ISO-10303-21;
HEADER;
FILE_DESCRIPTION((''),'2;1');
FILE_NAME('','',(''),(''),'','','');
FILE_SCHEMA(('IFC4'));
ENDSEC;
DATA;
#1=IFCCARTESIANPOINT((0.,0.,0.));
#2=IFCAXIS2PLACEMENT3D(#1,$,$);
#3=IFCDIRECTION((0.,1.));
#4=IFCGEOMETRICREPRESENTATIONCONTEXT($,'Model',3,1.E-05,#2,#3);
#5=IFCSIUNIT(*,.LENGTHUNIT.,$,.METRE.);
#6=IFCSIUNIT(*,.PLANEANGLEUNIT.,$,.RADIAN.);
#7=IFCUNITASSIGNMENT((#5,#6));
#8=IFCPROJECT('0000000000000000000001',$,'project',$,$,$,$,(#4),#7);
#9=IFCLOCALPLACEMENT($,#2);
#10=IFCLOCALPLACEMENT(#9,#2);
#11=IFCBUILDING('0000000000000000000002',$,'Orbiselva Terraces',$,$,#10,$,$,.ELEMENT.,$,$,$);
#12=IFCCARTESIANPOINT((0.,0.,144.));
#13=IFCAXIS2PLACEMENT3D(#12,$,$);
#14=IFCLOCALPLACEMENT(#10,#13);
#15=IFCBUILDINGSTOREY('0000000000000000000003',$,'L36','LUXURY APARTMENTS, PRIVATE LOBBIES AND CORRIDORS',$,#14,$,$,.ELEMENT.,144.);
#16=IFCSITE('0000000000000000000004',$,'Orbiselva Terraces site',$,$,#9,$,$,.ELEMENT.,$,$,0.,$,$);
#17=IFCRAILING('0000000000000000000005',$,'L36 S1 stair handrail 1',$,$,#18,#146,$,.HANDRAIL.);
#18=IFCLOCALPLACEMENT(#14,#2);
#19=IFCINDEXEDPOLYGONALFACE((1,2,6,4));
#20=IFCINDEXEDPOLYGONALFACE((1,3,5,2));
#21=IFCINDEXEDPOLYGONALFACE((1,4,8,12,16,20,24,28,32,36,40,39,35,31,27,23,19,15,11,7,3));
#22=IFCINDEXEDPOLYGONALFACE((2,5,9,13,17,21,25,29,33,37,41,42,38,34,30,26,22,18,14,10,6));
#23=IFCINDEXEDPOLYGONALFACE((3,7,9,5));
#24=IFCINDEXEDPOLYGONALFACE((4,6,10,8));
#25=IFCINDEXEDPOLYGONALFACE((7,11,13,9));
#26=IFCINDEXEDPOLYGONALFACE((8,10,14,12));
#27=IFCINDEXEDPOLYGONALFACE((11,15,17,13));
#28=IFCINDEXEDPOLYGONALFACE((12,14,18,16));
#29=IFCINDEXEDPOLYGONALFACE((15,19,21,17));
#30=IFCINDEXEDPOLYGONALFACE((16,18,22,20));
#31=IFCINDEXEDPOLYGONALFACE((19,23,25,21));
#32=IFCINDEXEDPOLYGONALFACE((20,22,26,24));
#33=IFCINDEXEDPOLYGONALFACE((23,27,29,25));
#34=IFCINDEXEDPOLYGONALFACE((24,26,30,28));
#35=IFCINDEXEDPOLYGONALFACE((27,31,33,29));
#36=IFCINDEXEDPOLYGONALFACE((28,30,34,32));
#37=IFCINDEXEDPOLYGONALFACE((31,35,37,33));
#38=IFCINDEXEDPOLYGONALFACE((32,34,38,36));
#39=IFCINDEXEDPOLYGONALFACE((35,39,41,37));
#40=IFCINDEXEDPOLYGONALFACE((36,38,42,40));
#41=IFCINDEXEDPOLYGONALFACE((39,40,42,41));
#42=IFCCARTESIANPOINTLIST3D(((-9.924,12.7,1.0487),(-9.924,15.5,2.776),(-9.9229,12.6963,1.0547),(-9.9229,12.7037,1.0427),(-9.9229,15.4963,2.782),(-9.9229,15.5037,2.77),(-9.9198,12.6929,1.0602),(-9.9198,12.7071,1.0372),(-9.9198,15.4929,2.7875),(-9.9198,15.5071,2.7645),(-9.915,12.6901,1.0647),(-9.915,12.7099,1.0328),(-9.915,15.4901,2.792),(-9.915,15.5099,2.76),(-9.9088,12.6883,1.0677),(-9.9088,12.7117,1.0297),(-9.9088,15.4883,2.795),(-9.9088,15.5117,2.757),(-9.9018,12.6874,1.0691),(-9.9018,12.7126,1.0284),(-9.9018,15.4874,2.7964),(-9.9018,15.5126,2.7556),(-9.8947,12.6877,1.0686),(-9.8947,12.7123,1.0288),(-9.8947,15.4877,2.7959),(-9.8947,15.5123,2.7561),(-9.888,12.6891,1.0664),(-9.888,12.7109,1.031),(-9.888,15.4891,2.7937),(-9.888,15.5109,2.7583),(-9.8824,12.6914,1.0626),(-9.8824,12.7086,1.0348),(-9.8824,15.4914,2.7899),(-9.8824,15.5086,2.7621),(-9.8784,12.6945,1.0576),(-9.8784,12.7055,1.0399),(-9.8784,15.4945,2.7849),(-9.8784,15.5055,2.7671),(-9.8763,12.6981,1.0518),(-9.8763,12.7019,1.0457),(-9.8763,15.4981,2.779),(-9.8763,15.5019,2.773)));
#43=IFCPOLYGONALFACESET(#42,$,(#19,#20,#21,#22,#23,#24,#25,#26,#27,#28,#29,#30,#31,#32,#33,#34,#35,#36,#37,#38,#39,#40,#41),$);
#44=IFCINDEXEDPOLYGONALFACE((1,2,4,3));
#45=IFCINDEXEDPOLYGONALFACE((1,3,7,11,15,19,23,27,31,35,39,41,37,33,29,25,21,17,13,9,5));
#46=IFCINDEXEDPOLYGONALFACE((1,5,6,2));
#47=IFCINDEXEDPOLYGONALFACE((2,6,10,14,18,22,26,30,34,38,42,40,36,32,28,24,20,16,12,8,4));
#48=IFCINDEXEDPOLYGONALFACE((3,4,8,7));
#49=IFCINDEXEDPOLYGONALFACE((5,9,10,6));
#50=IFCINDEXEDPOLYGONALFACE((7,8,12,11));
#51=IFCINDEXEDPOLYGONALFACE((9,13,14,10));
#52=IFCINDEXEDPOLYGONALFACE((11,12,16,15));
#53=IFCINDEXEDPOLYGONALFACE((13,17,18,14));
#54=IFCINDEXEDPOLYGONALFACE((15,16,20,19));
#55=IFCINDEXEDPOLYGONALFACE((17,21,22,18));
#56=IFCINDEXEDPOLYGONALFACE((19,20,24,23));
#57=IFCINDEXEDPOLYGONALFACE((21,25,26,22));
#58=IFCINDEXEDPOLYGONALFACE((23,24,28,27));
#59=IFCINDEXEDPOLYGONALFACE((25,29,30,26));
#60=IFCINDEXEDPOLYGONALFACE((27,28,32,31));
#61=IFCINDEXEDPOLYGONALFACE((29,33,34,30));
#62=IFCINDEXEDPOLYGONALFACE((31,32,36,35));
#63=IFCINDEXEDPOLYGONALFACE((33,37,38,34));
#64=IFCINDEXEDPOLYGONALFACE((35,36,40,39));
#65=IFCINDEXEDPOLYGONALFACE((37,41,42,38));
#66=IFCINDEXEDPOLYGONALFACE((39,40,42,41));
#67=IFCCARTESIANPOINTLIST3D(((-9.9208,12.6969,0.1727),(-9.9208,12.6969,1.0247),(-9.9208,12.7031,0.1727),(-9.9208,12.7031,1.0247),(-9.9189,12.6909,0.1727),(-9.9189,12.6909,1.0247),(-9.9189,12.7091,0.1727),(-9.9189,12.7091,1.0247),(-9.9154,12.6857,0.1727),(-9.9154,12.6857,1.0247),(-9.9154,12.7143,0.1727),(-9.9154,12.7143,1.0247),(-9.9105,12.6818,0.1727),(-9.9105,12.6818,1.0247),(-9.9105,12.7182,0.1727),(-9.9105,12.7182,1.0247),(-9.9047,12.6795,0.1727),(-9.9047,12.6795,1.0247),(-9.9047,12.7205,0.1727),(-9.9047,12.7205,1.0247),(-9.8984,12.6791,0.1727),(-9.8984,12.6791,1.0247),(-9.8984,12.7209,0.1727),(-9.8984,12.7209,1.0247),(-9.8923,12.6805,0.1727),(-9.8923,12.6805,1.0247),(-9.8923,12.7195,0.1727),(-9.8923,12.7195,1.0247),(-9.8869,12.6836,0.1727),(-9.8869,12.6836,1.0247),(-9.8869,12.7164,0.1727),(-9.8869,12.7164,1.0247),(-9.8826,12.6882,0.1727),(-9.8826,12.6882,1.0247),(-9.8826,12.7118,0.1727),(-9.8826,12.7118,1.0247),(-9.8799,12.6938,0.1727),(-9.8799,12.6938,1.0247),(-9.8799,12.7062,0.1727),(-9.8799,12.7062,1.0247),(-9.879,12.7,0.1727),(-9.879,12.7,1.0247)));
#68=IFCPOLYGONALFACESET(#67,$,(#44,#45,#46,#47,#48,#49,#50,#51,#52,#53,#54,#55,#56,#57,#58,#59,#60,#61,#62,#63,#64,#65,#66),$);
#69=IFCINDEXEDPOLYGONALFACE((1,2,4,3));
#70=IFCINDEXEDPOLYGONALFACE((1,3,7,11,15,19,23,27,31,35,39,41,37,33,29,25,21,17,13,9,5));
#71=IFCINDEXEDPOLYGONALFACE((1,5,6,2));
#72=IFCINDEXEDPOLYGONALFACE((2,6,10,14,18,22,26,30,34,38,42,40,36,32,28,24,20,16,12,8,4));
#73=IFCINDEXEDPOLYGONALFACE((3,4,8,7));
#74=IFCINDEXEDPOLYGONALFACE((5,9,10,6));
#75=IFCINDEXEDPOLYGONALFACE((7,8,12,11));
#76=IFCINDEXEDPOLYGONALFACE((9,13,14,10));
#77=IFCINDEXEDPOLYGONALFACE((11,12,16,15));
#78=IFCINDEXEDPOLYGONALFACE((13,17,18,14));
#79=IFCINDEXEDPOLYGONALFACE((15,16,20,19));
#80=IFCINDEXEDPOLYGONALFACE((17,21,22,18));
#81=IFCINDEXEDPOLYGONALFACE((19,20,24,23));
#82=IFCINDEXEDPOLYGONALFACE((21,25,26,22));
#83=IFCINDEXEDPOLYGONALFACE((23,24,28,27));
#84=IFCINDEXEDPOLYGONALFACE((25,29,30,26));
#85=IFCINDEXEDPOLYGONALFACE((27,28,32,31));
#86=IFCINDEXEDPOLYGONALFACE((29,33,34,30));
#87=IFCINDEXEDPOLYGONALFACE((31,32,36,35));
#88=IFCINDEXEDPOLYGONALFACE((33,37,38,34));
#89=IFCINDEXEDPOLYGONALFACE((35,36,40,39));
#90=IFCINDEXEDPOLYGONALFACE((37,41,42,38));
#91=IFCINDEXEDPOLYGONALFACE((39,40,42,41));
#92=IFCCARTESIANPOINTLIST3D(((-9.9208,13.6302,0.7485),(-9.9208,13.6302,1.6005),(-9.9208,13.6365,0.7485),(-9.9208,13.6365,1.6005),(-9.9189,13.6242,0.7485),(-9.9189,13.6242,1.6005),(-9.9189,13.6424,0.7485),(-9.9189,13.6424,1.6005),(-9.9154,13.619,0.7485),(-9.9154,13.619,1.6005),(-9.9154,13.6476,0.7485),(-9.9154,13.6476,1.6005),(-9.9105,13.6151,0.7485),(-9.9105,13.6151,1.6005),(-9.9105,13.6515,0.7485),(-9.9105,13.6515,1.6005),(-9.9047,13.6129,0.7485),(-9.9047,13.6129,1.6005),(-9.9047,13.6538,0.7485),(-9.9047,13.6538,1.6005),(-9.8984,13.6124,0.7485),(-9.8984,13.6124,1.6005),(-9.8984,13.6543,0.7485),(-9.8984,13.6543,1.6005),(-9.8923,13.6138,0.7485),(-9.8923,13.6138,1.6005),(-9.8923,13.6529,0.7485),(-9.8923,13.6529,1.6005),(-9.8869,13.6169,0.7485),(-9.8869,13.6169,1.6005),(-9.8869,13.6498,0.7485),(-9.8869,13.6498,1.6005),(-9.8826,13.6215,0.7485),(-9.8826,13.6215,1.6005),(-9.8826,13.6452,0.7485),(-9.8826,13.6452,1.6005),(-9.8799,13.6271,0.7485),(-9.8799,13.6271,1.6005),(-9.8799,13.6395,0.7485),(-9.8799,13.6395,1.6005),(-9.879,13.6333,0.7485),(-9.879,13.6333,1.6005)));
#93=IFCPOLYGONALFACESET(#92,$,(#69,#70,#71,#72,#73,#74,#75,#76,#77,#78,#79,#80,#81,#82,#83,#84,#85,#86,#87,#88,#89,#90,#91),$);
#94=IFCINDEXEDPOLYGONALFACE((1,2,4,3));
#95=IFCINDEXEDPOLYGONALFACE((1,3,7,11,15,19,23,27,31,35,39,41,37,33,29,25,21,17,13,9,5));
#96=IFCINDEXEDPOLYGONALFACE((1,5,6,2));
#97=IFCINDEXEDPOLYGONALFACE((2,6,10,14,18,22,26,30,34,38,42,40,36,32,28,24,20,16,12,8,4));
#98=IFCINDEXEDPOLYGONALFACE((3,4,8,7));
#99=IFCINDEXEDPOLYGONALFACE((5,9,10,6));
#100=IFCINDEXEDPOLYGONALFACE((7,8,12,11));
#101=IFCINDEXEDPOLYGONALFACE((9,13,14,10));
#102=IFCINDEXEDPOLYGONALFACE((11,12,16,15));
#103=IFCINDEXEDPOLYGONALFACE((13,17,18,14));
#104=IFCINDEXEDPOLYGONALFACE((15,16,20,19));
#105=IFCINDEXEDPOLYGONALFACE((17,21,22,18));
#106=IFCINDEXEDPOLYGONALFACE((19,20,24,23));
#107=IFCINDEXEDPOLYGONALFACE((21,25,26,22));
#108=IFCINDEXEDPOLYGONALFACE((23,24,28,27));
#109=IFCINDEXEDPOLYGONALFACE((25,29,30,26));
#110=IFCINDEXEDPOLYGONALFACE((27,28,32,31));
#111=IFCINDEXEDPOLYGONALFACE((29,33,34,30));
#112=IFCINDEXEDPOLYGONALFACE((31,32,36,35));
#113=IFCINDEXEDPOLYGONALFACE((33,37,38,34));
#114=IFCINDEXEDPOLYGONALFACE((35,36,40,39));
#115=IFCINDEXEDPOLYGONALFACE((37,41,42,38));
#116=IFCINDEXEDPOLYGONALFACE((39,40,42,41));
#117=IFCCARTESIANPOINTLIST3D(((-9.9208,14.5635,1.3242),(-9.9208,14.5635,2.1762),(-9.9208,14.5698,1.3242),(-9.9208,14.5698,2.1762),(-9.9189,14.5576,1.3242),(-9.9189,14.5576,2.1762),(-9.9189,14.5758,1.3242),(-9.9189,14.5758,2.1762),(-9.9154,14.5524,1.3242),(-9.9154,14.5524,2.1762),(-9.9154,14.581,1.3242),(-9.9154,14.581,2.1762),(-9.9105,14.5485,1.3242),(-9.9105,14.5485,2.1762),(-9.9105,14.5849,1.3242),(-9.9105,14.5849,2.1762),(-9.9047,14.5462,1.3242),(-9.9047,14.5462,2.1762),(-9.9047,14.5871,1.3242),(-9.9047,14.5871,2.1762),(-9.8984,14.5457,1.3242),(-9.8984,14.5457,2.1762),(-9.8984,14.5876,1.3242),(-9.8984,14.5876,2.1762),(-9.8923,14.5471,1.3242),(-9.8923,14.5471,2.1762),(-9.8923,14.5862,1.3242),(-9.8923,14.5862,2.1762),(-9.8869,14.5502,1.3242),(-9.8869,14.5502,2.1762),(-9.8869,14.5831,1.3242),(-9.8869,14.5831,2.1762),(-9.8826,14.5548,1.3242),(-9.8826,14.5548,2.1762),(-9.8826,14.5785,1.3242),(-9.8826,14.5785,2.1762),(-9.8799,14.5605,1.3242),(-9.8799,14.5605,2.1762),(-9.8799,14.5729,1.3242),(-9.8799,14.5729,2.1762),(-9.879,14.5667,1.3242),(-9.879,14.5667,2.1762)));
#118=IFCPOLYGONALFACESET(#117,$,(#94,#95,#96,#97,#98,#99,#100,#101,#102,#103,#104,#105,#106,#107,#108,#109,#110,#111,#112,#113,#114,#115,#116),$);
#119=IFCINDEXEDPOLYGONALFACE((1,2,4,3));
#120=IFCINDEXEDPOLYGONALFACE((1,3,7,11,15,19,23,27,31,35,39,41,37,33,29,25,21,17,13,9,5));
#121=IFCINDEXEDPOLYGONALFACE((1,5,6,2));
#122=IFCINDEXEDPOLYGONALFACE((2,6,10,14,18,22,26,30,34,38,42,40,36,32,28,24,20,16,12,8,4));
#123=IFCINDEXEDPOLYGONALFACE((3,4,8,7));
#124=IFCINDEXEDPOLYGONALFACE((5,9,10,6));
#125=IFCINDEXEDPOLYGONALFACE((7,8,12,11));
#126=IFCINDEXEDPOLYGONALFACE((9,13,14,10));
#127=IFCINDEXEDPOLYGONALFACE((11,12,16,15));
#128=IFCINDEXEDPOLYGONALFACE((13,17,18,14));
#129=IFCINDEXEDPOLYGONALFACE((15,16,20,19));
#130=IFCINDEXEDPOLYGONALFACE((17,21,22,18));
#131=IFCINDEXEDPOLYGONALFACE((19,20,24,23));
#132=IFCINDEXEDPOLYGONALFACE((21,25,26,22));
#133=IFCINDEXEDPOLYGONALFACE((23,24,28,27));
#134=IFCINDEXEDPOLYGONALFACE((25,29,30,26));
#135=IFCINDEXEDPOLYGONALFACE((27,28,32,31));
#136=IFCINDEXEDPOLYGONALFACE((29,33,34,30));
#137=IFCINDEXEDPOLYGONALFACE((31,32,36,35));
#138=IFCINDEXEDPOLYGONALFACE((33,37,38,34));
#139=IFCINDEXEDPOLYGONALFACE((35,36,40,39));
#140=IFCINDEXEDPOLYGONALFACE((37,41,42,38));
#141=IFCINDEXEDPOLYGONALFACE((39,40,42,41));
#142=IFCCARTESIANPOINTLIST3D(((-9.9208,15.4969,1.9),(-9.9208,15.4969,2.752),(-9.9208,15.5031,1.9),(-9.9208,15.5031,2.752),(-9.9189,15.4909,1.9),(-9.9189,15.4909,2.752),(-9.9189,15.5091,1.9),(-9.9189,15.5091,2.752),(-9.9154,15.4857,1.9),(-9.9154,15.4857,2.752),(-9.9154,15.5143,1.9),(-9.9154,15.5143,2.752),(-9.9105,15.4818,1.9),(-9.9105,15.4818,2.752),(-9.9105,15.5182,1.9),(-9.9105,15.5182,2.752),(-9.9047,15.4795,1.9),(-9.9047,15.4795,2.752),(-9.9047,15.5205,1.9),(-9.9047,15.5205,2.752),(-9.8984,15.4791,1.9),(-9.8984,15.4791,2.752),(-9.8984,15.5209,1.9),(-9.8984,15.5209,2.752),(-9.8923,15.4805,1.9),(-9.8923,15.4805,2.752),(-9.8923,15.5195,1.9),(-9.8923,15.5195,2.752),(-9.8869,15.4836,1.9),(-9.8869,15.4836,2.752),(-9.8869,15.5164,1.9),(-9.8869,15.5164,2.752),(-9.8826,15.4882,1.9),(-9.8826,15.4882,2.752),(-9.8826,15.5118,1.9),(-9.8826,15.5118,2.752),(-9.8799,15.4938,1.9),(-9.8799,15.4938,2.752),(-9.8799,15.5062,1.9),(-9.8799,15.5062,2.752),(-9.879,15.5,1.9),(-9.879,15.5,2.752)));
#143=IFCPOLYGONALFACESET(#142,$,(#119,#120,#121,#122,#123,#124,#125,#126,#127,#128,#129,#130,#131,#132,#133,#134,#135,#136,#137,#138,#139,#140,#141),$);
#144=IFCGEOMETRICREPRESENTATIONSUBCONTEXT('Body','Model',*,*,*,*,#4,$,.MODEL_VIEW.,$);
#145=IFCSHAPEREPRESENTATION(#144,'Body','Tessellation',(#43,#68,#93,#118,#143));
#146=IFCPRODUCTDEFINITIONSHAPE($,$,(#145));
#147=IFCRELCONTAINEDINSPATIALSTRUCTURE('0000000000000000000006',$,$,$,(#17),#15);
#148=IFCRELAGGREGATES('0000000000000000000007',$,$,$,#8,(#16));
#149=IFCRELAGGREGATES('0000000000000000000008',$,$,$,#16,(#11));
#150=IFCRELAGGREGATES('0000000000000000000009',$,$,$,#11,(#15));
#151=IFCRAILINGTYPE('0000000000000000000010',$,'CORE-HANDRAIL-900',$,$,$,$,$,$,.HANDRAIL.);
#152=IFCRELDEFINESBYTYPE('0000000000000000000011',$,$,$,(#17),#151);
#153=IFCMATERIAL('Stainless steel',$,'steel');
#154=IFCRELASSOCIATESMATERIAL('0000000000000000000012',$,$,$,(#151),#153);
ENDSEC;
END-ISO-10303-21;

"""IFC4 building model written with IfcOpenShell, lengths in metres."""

from ifc_helpers import new_model, si_unit, direction, frame, origin, origin_2d, place, context, subcontext, project, spatial, circle, extrude, material, type_object, element, save


model = new_model("IFC4")

# Units and contexts
model_context = context("Model", 3, precision=1e-05, world=origin(), true_north=direction((0.0, 1.0)))
body_context = subcontext(model_context, "Body", "Model", "MODEL_VIEW")
ifc_project = project(units=[si_unit("LENGTHUNIT", "METRE"), si_unit("PLANEANGLEUNIT", "RADIAN")], contexts=[model_context])

# Site, building, storey
site_placement = place(None, origin())
site = spatial("IfcSite", under=ifc_project, at=site_placement, Name="Orbiselva Terraces site", CompositionType="ELEMENT", RefElevation=0.0)
building_placement = place(site_placement, origin())
building = spatial("IfcBuilding", under=site, at=building_placement, Name="Orbiselva Terraces", CompositionType="ELEMENT")
storey_placement = place(building_placement, frame((0.0, 0.0, 144.0)))
storey = spatial("IfcBuildingStorey", under=building, at=storey_placement, Name="L36", Description="LUXURY APARTMENTS, PRIVATE LOBBIES AND CORRIDORS", CompositionType="ELEMENT", Elevation=144.0)

# Railing
ifc_material_1 = material(Name="Stainless steel", Category="steel")
railing_type_1 = type_object("IfcRailingType", Name="CORE-HANDRAIL-900", PredefinedType="HANDRAIL", material=ifc_material_1)
railing_1_placement = place(storey_placement, frame((-9.9, 12.7, 0.1727)))
element("IfcRailing", 1, at=railing_1_placement, inside=storey, type_object=railing_type_1, Name="L36 S1 stair handrail 1", PredefinedType="HANDRAIL", context=body_context, shape_type="SweptSolid", body=[
    extrude(circle(Radius=0.024, at=origin_2d()), frame((0.0, 0.0, 0.876), z_axis=(0.0, 0.851089, 0.525022), x_axis=(-1.0, 0.0, 0.0)), (0.0, 0.0, 1.0), 3.2899),
    extrude(circle(Radius=0.021, at=origin_2d()), origin(), (0.0, 0.0, 1.0), 0.852),
    extrude(circle(Radius=0.021, at=origin_2d()), frame((0.0, 0.9333, 0.5758)), (0.0, 0.0, 1.0), 0.852),
    extrude(circle(Radius=0.021, at=origin_2d()), frame((0.0, 1.8667, 1.1515)), (0.0, 0.0, 1.0), 0.852),
    extrude(circle(Radius=0.021, at=origin_2d()), frame((0.0, 2.8, 1.7273)), (0.0, 0.0, 1.0), 0.852),
])

save(model, "model.ifc")
